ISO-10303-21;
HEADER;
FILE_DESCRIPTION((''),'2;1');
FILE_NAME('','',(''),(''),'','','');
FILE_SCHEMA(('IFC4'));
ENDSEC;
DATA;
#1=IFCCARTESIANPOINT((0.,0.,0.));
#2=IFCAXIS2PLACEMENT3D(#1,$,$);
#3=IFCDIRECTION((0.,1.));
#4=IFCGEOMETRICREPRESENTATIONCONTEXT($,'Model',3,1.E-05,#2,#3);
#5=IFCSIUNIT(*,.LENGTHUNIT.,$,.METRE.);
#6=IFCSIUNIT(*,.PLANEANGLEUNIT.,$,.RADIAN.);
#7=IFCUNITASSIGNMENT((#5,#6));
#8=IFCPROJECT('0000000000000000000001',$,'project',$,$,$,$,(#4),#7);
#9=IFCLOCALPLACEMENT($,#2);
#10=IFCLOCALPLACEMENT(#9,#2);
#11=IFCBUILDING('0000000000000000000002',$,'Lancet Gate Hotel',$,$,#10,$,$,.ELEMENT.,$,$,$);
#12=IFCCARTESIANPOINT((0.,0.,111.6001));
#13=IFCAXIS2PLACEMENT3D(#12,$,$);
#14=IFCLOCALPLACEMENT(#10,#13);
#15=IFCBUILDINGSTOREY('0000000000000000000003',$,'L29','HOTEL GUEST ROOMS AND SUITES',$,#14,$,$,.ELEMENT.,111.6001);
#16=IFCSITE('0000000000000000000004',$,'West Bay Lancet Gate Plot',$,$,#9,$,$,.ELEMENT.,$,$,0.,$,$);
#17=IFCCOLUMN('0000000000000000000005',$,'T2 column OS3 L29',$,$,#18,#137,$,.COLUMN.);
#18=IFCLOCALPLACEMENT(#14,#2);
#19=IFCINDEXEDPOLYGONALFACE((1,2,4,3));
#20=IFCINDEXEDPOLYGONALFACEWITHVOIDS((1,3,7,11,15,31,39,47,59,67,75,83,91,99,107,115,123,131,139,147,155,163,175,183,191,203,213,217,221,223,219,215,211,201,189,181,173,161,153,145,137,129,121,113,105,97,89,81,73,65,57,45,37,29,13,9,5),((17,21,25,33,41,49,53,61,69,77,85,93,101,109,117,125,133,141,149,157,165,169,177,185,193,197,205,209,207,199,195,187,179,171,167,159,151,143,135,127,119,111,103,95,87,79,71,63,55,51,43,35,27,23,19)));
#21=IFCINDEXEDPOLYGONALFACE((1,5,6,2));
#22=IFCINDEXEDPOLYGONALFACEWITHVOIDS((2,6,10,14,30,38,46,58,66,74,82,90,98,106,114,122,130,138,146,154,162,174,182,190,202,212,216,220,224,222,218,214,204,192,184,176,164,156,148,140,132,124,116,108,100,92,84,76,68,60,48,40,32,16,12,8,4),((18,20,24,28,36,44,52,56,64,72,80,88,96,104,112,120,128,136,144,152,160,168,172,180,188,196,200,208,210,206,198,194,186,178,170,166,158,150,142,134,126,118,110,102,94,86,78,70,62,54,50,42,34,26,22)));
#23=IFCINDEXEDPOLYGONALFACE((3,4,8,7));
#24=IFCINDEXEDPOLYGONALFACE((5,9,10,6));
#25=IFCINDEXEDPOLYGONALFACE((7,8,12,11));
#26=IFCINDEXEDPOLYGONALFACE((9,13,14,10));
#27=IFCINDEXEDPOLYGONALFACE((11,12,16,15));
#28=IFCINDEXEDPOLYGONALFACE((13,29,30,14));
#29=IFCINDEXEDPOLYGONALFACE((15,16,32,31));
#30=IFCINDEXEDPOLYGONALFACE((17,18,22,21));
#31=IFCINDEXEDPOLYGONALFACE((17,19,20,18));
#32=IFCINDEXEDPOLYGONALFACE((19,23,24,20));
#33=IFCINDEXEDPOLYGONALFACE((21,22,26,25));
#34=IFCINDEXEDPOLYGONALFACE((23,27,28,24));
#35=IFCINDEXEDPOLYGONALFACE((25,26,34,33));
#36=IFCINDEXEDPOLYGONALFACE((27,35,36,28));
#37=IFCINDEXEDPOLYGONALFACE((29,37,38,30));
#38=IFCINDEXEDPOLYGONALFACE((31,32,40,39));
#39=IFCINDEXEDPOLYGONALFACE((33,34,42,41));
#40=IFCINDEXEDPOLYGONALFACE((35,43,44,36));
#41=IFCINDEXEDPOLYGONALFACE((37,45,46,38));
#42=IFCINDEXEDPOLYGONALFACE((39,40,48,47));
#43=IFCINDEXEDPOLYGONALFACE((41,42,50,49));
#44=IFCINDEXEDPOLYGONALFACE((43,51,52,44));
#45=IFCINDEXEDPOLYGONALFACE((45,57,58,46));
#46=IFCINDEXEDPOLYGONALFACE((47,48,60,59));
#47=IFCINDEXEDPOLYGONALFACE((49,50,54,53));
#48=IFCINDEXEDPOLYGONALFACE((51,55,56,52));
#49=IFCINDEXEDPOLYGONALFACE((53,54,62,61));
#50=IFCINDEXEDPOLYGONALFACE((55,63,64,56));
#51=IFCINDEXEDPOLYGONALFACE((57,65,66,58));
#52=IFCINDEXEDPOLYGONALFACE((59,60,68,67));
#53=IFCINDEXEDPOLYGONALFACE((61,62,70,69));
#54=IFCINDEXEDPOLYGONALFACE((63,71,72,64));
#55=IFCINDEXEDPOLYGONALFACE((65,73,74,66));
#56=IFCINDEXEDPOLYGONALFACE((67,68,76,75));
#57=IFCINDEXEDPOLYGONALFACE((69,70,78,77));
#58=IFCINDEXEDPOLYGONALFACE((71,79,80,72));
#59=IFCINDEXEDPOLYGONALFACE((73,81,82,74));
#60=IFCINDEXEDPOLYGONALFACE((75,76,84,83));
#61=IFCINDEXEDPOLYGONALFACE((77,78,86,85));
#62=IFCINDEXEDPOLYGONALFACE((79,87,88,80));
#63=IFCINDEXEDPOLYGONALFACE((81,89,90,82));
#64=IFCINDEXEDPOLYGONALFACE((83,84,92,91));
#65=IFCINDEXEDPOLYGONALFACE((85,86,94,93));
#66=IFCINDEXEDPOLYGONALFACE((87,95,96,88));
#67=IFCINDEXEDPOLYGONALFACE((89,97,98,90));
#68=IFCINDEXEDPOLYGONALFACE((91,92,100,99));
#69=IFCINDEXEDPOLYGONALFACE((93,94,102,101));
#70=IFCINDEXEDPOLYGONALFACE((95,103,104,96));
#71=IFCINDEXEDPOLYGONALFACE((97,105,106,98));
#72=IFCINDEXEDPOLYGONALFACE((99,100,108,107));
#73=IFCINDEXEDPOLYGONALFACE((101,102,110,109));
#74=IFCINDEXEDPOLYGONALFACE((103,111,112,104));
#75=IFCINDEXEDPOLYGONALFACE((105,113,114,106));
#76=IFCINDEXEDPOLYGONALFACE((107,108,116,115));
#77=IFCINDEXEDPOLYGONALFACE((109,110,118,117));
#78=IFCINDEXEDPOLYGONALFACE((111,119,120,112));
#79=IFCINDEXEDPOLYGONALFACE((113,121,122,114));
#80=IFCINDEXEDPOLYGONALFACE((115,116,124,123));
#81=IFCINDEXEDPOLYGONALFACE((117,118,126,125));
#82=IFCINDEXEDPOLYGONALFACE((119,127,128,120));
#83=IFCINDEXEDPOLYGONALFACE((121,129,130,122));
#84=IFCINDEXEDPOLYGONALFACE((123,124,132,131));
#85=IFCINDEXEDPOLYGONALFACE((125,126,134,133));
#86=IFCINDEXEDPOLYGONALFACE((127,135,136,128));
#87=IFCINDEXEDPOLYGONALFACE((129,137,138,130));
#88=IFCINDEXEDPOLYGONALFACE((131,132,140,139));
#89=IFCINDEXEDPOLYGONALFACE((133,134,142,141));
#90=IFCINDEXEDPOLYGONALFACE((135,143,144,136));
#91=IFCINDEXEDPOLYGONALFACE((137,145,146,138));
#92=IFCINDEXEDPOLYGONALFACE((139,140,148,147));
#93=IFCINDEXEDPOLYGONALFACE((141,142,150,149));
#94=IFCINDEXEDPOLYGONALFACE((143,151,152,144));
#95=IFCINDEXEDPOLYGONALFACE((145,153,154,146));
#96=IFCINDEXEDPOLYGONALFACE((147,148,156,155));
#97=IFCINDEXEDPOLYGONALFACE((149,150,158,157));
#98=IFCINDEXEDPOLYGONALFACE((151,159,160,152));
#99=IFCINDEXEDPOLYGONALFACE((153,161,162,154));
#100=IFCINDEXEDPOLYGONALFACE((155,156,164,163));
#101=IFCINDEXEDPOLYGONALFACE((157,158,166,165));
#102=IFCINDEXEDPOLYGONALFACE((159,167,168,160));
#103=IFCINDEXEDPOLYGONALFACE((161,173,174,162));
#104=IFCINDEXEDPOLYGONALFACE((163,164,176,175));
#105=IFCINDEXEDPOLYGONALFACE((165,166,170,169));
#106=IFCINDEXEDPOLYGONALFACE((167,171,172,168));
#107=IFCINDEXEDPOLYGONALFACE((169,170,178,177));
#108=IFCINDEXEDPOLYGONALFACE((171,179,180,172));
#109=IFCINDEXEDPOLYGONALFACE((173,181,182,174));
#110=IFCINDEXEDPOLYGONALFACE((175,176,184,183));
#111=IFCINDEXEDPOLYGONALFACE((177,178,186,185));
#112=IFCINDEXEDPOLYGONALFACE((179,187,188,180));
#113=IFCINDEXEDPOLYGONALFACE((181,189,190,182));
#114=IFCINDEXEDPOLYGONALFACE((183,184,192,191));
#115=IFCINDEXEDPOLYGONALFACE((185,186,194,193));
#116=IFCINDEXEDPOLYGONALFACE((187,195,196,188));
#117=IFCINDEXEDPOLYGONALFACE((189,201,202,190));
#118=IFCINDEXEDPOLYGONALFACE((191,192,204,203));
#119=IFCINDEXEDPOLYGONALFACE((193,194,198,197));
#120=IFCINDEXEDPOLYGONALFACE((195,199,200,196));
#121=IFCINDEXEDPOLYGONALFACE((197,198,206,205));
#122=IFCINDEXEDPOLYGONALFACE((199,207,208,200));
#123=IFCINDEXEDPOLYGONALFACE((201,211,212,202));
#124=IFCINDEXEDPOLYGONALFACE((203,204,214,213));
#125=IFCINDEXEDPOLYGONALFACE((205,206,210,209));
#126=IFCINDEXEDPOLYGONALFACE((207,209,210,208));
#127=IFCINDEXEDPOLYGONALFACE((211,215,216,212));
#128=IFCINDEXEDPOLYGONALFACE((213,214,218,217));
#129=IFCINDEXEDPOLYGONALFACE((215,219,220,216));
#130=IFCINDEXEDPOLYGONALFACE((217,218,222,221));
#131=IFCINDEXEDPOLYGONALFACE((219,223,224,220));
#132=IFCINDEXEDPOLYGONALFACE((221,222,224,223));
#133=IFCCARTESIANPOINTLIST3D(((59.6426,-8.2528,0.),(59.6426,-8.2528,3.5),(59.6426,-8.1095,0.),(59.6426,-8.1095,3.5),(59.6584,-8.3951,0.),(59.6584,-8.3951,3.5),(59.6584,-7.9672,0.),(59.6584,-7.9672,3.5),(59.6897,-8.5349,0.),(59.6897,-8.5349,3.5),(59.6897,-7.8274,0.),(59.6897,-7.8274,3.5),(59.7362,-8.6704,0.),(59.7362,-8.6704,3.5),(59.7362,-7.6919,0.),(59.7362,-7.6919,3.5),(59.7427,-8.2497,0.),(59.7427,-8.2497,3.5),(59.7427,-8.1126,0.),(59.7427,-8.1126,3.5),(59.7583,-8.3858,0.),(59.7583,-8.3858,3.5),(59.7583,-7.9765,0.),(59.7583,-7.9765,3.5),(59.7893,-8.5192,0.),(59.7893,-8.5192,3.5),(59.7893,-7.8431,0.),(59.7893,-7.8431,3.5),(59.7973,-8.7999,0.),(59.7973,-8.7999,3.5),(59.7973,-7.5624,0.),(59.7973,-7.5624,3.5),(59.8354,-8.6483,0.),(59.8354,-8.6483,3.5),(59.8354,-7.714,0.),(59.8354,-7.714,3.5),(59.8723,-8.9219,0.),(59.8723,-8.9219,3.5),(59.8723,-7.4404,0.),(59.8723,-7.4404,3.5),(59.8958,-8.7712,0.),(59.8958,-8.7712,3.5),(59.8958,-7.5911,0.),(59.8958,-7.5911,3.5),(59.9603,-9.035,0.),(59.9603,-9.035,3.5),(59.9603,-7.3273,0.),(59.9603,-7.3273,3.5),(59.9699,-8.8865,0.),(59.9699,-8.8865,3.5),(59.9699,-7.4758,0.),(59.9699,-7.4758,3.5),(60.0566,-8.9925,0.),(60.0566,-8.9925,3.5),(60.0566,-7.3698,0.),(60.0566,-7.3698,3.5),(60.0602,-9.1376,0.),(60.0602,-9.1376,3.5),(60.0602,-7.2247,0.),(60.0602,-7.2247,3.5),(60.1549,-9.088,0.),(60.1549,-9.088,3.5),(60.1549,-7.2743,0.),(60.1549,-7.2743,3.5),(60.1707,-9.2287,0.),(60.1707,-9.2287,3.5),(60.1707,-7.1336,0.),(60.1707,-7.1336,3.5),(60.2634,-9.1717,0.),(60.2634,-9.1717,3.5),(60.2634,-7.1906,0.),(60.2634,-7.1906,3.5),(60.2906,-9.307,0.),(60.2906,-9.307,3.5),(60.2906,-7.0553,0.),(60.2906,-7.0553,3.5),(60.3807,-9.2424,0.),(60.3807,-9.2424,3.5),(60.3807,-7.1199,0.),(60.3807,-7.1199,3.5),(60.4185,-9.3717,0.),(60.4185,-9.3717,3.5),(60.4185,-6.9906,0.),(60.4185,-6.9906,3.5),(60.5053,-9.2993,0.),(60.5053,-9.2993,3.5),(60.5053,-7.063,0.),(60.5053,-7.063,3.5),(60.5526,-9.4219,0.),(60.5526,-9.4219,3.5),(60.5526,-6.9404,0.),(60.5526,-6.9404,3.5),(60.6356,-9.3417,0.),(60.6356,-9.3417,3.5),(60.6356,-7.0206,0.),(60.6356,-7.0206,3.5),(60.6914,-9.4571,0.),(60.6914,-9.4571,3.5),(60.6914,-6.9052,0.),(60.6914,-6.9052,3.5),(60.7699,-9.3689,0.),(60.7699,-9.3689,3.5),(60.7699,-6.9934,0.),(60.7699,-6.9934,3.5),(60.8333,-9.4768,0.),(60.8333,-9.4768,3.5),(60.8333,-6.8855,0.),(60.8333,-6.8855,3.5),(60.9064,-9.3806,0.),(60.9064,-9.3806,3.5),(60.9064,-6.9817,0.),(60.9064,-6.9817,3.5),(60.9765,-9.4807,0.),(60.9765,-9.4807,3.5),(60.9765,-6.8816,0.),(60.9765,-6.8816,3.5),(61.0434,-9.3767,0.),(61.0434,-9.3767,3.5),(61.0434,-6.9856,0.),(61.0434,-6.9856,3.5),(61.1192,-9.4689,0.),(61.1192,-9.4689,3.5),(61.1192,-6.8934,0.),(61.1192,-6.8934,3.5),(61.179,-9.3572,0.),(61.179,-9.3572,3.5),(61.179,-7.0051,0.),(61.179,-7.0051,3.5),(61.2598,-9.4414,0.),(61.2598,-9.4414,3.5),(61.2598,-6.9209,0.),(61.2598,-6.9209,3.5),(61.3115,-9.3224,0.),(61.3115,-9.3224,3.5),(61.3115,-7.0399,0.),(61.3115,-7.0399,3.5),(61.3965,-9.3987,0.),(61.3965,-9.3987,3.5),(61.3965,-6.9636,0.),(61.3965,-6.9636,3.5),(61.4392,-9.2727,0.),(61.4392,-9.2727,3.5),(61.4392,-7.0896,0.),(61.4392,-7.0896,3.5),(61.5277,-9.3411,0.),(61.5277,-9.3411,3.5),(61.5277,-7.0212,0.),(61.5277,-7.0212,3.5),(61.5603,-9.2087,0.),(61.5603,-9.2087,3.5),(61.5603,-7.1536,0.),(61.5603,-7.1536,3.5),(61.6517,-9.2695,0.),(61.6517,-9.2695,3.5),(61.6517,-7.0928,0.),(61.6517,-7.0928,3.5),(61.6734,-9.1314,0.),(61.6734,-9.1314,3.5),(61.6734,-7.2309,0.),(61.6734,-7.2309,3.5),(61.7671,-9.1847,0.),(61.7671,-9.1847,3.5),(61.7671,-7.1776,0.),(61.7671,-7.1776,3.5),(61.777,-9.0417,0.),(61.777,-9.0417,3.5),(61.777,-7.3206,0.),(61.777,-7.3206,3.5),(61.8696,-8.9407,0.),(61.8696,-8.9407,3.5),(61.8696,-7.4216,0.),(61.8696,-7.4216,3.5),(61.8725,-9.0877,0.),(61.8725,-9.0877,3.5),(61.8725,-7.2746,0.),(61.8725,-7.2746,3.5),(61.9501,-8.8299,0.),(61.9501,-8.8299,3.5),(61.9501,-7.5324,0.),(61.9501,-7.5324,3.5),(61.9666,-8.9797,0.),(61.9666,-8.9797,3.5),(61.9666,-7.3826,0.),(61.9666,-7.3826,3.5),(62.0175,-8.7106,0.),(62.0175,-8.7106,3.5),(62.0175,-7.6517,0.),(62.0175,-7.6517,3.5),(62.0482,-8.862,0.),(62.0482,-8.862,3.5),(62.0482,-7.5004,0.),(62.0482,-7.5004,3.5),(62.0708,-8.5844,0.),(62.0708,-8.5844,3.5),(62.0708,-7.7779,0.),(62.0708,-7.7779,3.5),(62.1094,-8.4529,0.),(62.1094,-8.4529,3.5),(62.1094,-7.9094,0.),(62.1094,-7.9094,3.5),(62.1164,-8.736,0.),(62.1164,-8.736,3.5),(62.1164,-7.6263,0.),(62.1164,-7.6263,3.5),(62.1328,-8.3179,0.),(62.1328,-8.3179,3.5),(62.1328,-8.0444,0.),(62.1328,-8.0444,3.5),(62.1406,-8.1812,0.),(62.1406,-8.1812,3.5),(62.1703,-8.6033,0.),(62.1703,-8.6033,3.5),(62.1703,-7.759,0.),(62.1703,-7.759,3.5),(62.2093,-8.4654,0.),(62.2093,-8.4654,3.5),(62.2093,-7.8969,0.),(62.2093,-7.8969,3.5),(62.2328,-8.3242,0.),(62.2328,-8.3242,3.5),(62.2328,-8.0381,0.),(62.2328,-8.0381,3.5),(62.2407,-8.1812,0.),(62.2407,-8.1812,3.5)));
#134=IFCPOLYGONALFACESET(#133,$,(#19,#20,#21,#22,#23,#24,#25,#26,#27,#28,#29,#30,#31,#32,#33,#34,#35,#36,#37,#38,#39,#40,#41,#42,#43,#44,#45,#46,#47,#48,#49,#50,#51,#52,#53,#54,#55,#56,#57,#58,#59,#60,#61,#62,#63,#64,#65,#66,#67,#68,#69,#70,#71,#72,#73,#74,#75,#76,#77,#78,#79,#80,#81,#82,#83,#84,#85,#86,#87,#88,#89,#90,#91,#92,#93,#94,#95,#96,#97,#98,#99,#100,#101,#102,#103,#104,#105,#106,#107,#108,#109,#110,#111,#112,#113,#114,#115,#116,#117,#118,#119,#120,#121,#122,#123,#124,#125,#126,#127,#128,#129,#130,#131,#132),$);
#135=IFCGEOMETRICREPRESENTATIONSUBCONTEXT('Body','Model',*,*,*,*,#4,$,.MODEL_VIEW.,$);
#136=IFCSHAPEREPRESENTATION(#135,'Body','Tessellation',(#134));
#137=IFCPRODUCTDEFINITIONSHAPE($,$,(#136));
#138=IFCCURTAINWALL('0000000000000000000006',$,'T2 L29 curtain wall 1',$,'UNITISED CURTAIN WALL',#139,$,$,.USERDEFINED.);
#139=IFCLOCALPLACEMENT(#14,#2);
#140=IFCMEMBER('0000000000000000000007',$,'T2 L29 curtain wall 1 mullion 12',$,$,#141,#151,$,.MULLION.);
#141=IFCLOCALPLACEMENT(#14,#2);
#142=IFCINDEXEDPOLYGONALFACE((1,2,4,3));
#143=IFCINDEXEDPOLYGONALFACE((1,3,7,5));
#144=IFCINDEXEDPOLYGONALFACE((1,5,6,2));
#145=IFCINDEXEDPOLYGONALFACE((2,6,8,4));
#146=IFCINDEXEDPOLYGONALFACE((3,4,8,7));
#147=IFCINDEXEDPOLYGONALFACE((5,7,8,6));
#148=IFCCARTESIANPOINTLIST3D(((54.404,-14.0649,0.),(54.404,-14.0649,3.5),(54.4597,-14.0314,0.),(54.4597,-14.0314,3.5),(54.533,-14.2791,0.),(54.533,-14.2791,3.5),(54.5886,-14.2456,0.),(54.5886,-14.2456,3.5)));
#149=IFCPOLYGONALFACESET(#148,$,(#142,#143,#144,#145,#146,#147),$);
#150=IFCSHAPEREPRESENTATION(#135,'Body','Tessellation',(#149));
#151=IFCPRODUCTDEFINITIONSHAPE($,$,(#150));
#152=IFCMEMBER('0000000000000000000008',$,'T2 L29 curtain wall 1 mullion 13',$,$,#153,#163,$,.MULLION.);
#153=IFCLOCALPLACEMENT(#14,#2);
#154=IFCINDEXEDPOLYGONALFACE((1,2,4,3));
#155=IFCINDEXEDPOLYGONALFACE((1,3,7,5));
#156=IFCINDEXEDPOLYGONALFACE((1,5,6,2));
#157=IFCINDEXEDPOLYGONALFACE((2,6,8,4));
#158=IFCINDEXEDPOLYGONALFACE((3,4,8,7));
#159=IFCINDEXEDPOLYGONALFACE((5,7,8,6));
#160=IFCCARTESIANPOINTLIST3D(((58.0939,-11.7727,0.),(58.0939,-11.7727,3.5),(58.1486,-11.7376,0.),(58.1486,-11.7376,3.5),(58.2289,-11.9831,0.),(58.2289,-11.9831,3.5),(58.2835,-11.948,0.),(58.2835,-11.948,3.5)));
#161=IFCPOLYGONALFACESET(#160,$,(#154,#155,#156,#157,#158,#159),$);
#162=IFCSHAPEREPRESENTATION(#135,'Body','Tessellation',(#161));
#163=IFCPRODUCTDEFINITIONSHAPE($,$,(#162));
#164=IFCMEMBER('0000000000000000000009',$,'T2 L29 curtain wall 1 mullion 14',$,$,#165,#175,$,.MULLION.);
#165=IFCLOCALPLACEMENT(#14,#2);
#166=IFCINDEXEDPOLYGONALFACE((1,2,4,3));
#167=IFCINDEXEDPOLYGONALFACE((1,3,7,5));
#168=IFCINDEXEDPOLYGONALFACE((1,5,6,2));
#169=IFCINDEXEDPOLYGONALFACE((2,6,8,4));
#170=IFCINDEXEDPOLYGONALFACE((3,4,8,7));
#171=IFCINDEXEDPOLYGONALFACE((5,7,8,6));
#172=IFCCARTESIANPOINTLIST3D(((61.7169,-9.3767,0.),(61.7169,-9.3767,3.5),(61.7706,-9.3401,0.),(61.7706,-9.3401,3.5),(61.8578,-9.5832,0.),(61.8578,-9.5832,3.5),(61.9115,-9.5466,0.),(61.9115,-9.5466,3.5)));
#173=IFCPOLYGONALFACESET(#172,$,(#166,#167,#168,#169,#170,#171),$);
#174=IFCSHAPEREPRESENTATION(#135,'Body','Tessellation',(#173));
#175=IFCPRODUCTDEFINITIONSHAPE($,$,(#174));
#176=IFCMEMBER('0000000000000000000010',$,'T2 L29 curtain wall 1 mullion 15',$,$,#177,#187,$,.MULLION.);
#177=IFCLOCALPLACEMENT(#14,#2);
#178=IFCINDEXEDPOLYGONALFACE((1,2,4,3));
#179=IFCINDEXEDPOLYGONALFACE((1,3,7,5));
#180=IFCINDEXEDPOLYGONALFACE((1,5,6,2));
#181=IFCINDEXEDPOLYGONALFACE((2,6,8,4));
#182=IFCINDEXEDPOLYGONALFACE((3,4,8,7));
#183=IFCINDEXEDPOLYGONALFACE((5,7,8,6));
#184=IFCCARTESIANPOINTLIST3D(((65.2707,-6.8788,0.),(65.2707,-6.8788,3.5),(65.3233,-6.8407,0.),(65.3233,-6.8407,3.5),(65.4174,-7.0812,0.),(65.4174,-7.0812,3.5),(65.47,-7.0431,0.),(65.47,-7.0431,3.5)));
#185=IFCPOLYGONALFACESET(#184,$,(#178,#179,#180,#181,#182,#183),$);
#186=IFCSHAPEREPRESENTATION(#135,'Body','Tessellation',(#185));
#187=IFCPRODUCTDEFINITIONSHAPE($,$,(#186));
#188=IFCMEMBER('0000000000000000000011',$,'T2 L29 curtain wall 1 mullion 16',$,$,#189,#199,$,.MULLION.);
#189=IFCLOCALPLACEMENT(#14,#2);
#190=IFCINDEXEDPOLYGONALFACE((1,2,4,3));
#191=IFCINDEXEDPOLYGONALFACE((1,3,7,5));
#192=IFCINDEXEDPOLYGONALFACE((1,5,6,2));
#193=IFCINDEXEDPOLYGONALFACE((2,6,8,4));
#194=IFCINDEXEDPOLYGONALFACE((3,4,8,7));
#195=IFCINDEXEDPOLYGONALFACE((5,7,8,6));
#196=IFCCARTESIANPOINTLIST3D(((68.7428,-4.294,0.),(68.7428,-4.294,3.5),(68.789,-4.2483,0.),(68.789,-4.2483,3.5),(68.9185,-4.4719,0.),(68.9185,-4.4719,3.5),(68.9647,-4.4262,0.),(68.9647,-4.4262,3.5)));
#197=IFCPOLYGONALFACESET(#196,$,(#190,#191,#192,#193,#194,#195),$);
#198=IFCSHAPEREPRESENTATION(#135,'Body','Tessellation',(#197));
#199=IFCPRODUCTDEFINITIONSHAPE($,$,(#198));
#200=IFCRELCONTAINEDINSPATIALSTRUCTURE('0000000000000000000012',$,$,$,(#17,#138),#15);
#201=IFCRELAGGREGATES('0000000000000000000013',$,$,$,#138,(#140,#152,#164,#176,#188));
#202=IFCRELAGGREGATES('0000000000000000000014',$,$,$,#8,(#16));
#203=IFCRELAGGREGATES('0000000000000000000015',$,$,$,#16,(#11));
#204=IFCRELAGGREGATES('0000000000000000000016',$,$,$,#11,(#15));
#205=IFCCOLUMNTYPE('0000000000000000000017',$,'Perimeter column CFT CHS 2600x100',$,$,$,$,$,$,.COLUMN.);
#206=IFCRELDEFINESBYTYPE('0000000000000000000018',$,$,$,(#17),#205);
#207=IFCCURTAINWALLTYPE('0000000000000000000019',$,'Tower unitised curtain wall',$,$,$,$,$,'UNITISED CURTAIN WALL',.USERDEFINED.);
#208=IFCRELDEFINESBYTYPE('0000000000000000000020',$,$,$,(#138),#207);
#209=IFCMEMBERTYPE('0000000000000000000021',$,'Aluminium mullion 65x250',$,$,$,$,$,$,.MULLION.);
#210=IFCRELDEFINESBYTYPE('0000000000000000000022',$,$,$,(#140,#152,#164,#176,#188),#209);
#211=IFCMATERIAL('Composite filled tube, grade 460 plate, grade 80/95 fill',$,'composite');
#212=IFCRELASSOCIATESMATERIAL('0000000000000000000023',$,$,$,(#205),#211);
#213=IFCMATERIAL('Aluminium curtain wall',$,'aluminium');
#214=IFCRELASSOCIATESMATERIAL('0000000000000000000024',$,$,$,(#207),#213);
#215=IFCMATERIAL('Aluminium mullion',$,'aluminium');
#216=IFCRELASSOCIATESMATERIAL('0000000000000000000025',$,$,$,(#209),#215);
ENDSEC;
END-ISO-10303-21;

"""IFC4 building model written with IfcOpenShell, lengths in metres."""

from ifc_helpers import new_model, si_unit, direction, frame, origin, origin_2d, place, context, subcontext, project, spatial, rectangle, hollow_circle, extrude, material, material_profile, profile_set, type_object, element, aggregate, save


model = new_model("IFC4")

# Units and contexts
model_context = context("Model", 3, precision=1e-05, world=origin(), true_north=direction((0.0, 1.0)))
body_context = subcontext(model_context, "Body", "Model", "MODEL_VIEW")
ifc_project = project(units=[si_unit("LENGTHUNIT", "METRE"), si_unit("PLANEANGLEUNIT", "RADIAN")], contexts=[model_context])

# Site, building, storey
site_placement = place(None, origin())
site = spatial("IfcSite", under=ifc_project, at=site_placement, Name="West Bay Lancet Gate Plot", CompositionType="ELEMENT", RefElevation=0.0)
building_placement = place(site_placement, origin())
building = spatial("IfcBuilding", under=site, at=building_placement, Name="Lancet Gate Hotel", CompositionType="ELEMENT")
storey_placement = place(building_placement, frame((0.0, 0.0, 111.6001)))
storey = spatial("IfcBuildingStorey", under=building, at=storey_placement, Name="L29", Description="HOTEL GUEST ROOMS AND SUITES", CompositionType="ELEMENT", Elevation=111.6001)

# Column
ifc_material_1 = material(Name="Composite filled tube, grade 460 plate, grade 80/95 fill", Category="composite")
ifc_material_profile_1 = material_profile(ifc_material_1, hollow_circle(Radius=1.3, WallThickness=0.1001, at=origin_2d()), Name="CHS 2600x100")
ifc_profile_set_1 = profile_set([ifc_material_profile_1], Name="Composite filled tube, grade 460 plate, grade 80/95 fill")
column_type_1 = type_object("IfcColumnType", Name="Perimeter column CFT CHS 2600x100", PredefinedType="COLUMN", material=ifc_profile_set_1)
column_1_placement = place(storey_placement, frame((60.9407, -8.1812, 0.0), z_axis=(0.0, 0.0, 1.0), x_axis=(1.0, 0.0, 0.0)))
element("IfcColumn", 1, at=column_1_placement, inside=storey, type_object=column_type_1, Name="T2 column OS3 L29", PredefinedType="COLUMN", context=body_context, shape_type="SweptSolid", body=[
    extrude(hollow_circle(Radius=1.3, WallThickness=0.1001, at=origin_2d()), origin(), (0.0, 0.0, 1.0), 3.5),
])

# Curtain wall, members
ifc_material_2 = material(Name="Aluminium curtain wall", Category="aluminium")
curtain_wall_type = type_object("IfcCurtainWallType", Name="Tower unitised curtain wall", ElementType="UNITISED CURTAIN WALL", PredefinedType="USERDEFINED", material=ifc_material_2)
curtain_wall_placement = place(storey_placement, origin())
curtain_wall = element("IfcCurtainWall", 2, at=curtain_wall_placement, inside=storey, type_object=curtain_wall_type, Name="T2 L29 curtain wall 1", ObjectType="UNITISED CURTAIN WALL", PredefinedType="USERDEFINED")
ifc_material_3 = material(Name="Aluminium mullion", Category="aluminium")
ifc_material_profile_2 = material_profile(ifc_material_3, rectangle(XDim=0.0649, YDim=0.25, at=origin_2d()), Name="MULLION 65x250")
ifc_profile_set_2 = profile_set([ifc_material_profile_2], Name="Aluminium mullion")
member_type_1 = type_object("IfcMemberType", Name="Aluminium mullion 65x250", PredefinedType="MULLION", material=ifc_profile_set_2)
member_1_placement = place(storey_placement, frame((54.4963, -14.1553, 0.0), z_axis=(0.0, 0.0, 1.0), x_axis=(0.856728, 0.515768, 0.0)))
member_1 = element("IfcMember", 3, at=member_1_placement, type_object=member_type_1, Name="T2 L29 curtain wall 1 mullion 12", PredefinedType="MULLION", context=body_context, shape_type="SweptSolid", body=[
    extrude(rectangle(XDim=0.0649, YDim=0.25, at=origin_2d()), origin(), (0.0, 0.0, 1.0), 3.5),
])
member_2_placement = place(storey_placement, frame((58.1887, -11.8604, 0.0), z_axis=(0.0, 0.0, 1.0), x_axis=(0.841736, 0.539889, 0.0)))
member_2 = element("IfcMember", 4, at=member_2_placement, type_object=member_type_1, Name="T2 L29 curtain wall 1 mullion 13", PredefinedType="MULLION", context=body_context, shape_type="SweptSolid", body=[
    extrude(rectangle(XDim=0.0649, YDim=0.25, at=origin_2d()), origin(), (0.0, 0.0, 1.0), 3.5),
])
member_3_placement = place(storey_placement, frame((61.8142, -9.4617, 0.0), z_axis=(0.0, 0.0, 1.0), x_axis=(0.826066, 0.563574, 0.0)))
member_3 = element("IfcMember", 5, at=member_3_placement, type_object=member_type_1, Name="T2 L29 curtain wall 1 mullion 14", PredefinedType="MULLION", context=body_context, shape_type="SweptSolid", body=[
    extrude(rectangle(XDim=0.0649, YDim=0.25, at=origin_2d()), origin(), (0.0, 0.0, 1.0), 3.5),
])
member_4_placement = place(storey_placement, frame((65.3704, -6.9609, 0.0), z_axis=(0.0, 0.0, 1.0), x_axis=(0.809729, 0.586805, 0.0)))
member_4 = element("IfcMember", 6, at=member_4_placement, type_object=member_type_1, Name="T2 L29 curtain wall 1 mullion 15", PredefinedType="MULLION", context=body_context, shape_type="SweptSolid", body=[
    extrude(rectangle(XDim=0.0649, YDim=0.25, at=origin_2d()), origin(), (0.0, 0.0, 1.0), 3.5),
])
member_5_placement = place(storey_placement, frame((68.8538, -4.3601, 0.0), z_axis=(0.0, 0.0, 1.0), x_axis=(0.71161, 0.702574, 0.0)))
member_5 = element("IfcMember", 7, at=member_5_placement, type_object=member_type_1, Name="T2 L29 curtain wall 1 mullion 16", PredefinedType="MULLION", context=body_context, shape_type="SweptSolid", body=[
    extrude(rectangle(XDim=0.0649, YDim=0.25, at=origin_2d()), origin(), (0.0, 0.0, 1.0), 3.5),
])

aggregate(curtain_wall, [member_1, member_2, member_3, member_4, member_5])

save(model, "model.ifc")
